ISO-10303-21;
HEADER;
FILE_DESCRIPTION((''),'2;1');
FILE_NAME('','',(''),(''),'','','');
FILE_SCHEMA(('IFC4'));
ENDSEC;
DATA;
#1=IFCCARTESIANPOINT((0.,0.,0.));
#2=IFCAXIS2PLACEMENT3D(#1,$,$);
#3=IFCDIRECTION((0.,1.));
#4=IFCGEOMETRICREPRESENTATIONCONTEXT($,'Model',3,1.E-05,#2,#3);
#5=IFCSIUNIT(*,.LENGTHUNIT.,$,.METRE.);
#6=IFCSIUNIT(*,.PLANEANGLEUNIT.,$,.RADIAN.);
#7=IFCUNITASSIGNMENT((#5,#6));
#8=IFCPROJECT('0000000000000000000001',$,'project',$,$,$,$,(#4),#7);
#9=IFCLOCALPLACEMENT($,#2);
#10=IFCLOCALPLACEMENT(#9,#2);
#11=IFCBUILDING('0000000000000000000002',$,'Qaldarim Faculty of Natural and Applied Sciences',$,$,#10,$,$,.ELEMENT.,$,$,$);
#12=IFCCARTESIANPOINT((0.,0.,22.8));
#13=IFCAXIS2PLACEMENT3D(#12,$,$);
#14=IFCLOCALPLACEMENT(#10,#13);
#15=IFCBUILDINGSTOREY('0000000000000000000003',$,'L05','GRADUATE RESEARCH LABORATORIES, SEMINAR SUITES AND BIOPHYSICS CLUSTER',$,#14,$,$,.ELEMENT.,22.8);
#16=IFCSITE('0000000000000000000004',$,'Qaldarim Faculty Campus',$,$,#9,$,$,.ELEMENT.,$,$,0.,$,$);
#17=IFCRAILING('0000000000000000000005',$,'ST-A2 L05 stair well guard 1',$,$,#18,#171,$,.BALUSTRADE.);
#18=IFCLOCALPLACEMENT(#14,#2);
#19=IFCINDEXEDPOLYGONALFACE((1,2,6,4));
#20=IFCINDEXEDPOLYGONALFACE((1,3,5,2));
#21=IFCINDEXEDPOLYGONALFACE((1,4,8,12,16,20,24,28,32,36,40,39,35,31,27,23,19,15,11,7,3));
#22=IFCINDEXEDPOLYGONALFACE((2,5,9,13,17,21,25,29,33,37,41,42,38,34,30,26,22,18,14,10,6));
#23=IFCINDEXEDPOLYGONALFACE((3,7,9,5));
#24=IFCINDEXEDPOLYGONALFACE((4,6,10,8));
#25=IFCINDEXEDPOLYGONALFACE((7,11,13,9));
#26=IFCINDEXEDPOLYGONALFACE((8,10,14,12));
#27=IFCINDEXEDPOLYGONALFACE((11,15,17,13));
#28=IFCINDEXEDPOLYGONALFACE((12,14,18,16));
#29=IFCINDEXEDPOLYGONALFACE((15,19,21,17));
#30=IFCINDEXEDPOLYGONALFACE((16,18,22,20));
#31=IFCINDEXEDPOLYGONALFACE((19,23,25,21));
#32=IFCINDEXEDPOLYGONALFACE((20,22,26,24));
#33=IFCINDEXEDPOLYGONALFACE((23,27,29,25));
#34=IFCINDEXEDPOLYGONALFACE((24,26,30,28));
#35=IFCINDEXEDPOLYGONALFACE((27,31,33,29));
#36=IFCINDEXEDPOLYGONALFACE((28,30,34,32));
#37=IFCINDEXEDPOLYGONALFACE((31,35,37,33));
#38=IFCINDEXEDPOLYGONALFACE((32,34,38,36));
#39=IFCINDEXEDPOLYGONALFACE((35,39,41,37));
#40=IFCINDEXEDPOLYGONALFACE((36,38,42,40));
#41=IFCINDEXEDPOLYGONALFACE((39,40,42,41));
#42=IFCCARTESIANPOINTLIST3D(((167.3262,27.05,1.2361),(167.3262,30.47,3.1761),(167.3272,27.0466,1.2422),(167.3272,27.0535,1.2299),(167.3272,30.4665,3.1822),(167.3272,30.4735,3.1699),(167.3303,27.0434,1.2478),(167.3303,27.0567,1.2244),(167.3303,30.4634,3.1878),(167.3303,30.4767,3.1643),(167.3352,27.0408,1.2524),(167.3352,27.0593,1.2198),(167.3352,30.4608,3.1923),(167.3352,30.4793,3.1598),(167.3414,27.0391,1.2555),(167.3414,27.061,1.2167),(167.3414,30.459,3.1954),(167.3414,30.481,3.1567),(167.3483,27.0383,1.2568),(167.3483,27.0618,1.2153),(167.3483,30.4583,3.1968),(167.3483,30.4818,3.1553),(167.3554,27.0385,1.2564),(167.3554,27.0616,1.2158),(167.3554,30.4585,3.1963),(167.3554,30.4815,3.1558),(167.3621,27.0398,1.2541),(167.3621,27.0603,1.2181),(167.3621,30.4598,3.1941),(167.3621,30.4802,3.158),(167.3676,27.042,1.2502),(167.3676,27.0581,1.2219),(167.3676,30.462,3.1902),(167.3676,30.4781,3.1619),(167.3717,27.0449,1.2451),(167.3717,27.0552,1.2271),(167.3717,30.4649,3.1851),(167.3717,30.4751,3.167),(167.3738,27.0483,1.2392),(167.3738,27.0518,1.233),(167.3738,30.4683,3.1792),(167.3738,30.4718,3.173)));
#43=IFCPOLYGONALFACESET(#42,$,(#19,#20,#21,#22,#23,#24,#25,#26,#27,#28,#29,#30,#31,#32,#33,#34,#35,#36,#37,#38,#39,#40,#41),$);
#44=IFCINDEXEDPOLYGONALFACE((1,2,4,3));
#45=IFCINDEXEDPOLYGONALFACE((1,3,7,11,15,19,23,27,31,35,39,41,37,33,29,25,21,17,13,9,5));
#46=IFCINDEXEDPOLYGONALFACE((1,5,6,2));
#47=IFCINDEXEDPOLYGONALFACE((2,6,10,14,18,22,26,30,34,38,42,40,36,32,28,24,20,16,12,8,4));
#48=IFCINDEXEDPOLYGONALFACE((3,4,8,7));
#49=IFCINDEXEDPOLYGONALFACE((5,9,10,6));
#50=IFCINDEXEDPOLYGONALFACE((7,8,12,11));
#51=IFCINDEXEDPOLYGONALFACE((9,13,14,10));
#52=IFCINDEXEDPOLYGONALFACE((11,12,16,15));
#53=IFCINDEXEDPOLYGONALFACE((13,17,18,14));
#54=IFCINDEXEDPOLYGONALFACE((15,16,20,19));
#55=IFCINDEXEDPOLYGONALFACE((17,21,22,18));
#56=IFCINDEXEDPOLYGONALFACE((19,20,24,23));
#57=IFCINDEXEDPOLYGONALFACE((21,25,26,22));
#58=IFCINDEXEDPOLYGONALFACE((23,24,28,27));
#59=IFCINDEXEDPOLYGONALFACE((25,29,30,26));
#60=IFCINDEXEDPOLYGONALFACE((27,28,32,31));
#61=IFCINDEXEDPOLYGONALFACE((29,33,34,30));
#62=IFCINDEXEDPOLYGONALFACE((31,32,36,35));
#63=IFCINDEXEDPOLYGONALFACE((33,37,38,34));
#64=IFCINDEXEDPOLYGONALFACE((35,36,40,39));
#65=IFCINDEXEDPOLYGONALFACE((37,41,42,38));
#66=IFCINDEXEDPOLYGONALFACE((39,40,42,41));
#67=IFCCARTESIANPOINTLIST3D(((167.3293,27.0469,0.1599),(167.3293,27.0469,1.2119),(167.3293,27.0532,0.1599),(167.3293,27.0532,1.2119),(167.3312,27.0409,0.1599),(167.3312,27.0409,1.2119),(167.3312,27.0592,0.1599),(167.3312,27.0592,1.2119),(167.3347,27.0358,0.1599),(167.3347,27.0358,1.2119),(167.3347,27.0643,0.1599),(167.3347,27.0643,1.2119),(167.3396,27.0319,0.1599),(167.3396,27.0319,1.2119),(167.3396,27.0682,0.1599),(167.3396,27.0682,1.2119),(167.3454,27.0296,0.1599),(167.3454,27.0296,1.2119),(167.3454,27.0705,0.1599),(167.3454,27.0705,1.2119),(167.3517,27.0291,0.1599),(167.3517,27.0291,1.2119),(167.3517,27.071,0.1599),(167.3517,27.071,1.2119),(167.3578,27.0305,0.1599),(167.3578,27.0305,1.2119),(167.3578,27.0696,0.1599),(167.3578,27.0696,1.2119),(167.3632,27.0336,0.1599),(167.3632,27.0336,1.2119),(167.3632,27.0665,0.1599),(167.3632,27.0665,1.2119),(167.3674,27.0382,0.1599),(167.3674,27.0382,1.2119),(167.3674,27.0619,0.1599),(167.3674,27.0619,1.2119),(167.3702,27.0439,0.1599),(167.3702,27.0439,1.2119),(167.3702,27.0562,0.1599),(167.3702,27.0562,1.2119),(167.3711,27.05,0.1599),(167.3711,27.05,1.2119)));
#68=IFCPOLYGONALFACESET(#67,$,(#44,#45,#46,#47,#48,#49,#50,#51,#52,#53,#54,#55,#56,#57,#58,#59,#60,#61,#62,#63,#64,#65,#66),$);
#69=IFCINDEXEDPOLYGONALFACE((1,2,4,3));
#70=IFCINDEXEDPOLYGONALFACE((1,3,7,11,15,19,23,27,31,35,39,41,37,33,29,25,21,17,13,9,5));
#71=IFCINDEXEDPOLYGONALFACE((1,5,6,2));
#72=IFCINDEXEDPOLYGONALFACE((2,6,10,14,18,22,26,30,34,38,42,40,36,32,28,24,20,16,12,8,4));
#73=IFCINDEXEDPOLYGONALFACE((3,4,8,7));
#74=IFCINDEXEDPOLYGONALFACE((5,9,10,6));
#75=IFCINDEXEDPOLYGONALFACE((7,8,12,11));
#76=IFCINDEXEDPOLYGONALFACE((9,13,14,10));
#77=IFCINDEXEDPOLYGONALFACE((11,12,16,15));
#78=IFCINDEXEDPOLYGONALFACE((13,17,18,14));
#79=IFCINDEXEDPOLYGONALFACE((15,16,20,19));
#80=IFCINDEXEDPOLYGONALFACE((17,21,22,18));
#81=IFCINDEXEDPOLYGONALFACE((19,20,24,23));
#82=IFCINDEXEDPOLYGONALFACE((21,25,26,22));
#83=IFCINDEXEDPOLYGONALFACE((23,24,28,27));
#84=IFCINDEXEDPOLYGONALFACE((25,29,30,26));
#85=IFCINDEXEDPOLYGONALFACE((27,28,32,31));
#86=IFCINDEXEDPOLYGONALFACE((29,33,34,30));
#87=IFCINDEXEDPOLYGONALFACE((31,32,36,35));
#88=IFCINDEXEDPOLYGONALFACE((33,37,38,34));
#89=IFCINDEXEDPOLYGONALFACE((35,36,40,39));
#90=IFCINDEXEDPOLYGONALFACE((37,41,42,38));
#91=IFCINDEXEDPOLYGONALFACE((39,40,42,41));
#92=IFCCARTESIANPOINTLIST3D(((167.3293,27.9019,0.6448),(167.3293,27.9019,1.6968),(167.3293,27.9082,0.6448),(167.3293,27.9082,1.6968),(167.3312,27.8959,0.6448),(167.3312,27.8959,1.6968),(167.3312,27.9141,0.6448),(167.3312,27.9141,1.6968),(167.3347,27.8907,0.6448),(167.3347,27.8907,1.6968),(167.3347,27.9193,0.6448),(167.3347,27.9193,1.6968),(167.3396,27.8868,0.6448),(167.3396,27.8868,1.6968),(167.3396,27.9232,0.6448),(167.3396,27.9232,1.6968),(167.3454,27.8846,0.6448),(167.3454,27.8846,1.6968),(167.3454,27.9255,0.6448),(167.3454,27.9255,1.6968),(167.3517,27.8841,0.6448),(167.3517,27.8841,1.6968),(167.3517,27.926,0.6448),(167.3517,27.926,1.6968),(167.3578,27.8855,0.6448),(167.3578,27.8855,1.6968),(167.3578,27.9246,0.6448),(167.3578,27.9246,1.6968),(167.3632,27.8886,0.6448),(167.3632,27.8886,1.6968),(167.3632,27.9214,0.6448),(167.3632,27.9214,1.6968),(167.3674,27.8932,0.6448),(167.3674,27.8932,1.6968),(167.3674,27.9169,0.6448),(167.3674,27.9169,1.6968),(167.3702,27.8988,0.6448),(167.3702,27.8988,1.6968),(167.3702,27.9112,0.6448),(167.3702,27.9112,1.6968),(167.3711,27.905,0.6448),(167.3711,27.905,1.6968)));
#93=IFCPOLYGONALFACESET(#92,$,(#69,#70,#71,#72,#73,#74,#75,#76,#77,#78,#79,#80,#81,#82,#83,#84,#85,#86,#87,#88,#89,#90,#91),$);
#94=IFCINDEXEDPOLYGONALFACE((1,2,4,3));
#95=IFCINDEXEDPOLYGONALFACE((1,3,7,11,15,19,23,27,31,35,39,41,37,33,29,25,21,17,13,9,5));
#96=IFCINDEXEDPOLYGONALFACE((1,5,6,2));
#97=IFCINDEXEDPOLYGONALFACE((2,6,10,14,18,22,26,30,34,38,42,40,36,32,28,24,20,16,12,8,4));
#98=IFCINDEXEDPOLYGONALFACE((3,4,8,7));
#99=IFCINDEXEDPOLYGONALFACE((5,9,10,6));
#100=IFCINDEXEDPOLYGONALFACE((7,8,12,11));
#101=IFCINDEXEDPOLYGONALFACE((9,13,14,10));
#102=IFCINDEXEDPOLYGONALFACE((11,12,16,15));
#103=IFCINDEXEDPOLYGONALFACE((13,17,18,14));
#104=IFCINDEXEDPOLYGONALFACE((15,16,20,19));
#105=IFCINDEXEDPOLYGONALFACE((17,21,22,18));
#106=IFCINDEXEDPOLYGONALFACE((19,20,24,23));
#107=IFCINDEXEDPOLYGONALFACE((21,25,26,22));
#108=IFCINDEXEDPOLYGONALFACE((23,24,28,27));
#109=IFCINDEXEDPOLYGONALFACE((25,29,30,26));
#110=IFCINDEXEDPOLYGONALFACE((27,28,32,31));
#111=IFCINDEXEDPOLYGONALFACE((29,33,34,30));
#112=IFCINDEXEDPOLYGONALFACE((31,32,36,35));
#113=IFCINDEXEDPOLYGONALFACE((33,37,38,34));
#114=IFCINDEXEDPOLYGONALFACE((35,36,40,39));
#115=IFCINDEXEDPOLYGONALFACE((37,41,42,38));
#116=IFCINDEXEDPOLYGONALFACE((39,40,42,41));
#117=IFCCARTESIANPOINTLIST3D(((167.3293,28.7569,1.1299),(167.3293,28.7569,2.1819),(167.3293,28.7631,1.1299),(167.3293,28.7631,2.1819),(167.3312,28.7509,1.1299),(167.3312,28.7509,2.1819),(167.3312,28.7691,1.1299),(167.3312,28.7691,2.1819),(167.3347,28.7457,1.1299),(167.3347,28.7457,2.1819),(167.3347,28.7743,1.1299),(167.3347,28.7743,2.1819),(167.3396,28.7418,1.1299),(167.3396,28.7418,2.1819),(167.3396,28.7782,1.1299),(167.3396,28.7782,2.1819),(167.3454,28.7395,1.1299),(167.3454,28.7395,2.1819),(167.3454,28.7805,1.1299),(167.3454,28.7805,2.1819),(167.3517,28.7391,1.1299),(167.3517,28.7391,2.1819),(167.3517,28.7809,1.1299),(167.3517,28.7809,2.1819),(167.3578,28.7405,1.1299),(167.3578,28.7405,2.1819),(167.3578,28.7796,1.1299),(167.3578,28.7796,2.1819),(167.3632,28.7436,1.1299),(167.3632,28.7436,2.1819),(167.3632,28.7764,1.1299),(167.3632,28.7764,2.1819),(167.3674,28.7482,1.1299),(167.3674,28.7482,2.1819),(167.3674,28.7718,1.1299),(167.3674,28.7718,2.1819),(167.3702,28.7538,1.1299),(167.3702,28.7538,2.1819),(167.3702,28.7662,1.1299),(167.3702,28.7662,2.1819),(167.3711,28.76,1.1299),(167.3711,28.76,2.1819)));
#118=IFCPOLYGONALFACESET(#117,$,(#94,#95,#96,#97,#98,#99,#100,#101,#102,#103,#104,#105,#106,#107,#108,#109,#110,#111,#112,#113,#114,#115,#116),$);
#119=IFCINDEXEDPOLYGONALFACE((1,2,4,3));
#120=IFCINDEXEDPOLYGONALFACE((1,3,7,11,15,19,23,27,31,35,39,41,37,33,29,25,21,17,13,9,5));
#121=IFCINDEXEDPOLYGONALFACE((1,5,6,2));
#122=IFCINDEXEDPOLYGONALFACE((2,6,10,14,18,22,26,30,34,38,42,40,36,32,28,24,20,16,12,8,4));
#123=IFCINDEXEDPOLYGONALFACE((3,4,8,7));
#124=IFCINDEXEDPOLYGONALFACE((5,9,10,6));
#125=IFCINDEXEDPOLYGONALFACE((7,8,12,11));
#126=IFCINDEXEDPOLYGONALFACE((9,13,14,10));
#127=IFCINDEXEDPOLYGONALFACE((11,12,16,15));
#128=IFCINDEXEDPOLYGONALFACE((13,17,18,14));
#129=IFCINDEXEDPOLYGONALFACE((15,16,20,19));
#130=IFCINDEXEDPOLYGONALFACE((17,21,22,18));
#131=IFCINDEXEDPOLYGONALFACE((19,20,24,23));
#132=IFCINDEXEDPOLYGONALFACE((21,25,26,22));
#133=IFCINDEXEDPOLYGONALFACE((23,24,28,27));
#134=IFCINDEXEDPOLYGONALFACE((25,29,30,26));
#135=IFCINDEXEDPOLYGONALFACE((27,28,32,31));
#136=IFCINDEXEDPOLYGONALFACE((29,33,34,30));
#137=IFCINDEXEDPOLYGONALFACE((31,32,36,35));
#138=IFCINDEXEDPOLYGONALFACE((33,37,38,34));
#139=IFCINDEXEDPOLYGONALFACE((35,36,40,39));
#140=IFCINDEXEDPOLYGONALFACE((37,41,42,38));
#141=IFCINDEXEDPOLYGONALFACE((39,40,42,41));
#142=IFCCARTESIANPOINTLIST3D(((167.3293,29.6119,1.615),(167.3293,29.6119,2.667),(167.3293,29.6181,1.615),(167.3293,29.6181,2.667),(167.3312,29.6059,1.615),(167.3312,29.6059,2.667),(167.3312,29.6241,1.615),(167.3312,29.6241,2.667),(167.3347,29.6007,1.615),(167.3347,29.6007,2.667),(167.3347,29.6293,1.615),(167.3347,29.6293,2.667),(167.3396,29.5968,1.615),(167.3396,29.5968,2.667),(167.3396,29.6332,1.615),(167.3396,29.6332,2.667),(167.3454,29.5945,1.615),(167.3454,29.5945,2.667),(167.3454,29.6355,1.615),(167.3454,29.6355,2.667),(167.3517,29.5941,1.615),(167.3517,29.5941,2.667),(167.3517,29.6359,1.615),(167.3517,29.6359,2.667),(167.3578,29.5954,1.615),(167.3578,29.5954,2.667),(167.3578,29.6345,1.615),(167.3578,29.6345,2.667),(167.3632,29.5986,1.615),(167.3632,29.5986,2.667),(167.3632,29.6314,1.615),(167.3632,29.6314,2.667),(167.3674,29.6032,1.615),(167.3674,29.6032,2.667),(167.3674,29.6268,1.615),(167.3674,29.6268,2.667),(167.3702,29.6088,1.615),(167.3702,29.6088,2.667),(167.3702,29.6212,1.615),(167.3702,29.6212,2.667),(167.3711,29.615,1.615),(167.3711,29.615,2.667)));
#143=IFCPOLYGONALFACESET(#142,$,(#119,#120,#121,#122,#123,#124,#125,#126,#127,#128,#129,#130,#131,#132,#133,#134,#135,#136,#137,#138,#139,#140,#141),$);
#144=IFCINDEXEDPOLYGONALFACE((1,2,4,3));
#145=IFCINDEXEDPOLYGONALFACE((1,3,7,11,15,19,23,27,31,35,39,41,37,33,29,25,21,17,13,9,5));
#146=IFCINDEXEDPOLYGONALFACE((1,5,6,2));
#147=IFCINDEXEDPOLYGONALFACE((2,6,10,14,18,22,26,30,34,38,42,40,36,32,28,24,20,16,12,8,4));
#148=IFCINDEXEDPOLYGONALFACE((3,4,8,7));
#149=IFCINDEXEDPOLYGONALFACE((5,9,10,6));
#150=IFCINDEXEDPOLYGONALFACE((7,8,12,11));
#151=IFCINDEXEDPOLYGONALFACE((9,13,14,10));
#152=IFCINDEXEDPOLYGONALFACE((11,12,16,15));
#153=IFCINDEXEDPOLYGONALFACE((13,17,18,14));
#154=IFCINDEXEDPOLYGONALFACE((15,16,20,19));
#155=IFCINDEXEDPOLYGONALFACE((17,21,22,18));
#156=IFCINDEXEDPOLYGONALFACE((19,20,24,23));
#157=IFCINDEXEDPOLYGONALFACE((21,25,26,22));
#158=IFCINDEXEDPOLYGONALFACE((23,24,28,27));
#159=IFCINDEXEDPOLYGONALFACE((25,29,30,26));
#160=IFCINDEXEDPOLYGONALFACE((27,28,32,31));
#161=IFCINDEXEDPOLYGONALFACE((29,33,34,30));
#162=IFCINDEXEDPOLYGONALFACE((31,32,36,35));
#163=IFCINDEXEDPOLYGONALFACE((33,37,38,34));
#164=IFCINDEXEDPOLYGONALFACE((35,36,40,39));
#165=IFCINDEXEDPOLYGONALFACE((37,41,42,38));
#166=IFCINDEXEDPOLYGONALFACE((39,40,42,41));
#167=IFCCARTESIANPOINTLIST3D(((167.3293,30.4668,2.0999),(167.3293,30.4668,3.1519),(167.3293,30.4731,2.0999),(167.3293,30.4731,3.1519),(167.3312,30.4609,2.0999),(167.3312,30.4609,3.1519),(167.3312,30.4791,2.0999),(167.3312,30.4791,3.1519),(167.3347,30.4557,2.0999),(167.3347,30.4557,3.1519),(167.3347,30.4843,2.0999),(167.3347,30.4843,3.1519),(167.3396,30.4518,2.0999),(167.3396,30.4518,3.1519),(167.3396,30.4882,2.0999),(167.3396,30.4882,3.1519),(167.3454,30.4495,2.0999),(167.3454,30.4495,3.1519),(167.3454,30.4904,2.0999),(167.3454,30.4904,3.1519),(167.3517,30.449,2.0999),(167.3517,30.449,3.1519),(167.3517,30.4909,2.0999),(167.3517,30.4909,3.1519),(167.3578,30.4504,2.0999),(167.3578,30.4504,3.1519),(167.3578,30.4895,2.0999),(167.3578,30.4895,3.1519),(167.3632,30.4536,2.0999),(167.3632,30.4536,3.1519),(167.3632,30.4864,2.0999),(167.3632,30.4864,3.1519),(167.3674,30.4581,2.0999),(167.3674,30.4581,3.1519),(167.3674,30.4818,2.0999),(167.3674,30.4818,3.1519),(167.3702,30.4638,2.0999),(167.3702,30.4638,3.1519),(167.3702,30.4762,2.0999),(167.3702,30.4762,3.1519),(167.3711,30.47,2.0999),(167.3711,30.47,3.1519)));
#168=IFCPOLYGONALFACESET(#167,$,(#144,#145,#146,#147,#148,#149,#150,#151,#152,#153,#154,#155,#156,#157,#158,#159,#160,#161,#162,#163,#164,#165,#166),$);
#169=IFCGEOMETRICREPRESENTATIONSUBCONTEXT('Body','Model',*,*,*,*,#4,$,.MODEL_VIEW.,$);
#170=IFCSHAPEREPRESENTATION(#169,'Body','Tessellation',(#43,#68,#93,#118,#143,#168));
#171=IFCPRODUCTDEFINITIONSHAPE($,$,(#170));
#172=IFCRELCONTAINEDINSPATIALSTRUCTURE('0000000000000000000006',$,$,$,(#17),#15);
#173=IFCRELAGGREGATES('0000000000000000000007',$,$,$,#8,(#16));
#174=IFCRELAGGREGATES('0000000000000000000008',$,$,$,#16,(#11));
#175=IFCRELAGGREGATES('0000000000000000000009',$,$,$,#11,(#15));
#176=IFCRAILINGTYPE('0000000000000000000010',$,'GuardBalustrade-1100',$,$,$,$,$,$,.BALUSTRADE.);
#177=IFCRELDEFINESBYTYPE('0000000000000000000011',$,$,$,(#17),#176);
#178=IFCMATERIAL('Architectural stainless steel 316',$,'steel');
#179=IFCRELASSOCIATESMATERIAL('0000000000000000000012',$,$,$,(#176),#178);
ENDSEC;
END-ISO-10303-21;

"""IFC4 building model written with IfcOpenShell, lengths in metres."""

from ifc_helpers import new_model, si_unit, direction, frame, origin, origin_2d, place, context, subcontext, project, spatial, circle, extrude, material, type_object, element, save


model = new_model("IFC4")

# Units and contexts
model_context = context("Model", 3, precision=1e-05, world=origin(), true_north=direction((0.0, 1.0)))
body_context = subcontext(model_context, "Body", "Model", "MODEL_VIEW")
ifc_project = project(units=[si_unit("LENGTHUNIT", "METRE"), si_unit("PLANEANGLEUNIT", "RADIAN")], contexts=[model_context])

# Site, building, storey
site_placement = place(None, origin())
site = spatial("IfcSite", under=ifc_project, at=site_placement, Name="Qaldarim Faculty Campus", CompositionType="ELEMENT", RefElevation=0.0)
building_placement = place(site_placement, origin())
building = spatial("IfcBuilding", under=site, at=building_placement, Name="Qaldarim Faculty of Natural and Applied Sciences", CompositionType="ELEMENT")
storey_placement = place(building_placement, frame((0.0, 0.0, 22.8)))
storey = spatial("IfcBuildingStorey", under=building, at=storey_placement, Name="L05", Description="GRADUATE RESEARCH LABORATORIES, SEMINAR SUITES AND BIOPHYSICS CLUSTER", CompositionType="ELEMENT", Elevation=22.8)

# Shared definitions
ifc_material_1 = material(Name="Architectural stainless steel 316", Category="steel")

# Railing
railing_type_1 = type_object("IfcRailingType", Name="GuardBalustrade-1100", PredefinedType="BALUSTRADE", material=ifc_material_1)
railing_1_placement = place(storey_placement, frame((167.3501, 27.05, 0.1599)))
element("IfcRailing", 1, at=railing_1_placement, inside=storey, type_object=railing_type_1, Name="ST-A2 L05 stair well guard 1", PredefinedType="BALUSTRADE", context=body_context, shape_type="SweptSolid", body=[
    extrude(circle(Radius=0.0239, at=origin_2d()), frame((0.0, 0.0, 1.0762), z_axis=(0.0, 0.869805, 0.493395), x_axis=(-1.0, 0.0, 0.0)), (0.0, 0.0, 1.0), 3.9319),
    extrude(circle(Radius=0.021, at=origin_2d()), origin(), (0.0, 0.0, 1.0), 1.052),
    extrude(circle(Radius=0.021, at=origin_2d()), frame((0.0, 0.855, 0.4849)), (0.0, 0.0, 1.0), 1.052),
    extrude(circle(Radius=0.021, at=origin_2d()), frame((0.0, 1.71, 0.97)), (0.0, 0.0, 1.0), 1.052),
    extrude(circle(Radius=0.021, at=origin_2d()), frame((0.0, 2.5649, 1.4551)), (0.0, 0.0, 1.0), 1.052),
    extrude(circle(Radius=0.021, at=origin_2d()), frame((0.0, 3.4199, 1.9399)), (0.0, 0.0, 1.0), 1.052),
])

save(model, "model.ifc")
